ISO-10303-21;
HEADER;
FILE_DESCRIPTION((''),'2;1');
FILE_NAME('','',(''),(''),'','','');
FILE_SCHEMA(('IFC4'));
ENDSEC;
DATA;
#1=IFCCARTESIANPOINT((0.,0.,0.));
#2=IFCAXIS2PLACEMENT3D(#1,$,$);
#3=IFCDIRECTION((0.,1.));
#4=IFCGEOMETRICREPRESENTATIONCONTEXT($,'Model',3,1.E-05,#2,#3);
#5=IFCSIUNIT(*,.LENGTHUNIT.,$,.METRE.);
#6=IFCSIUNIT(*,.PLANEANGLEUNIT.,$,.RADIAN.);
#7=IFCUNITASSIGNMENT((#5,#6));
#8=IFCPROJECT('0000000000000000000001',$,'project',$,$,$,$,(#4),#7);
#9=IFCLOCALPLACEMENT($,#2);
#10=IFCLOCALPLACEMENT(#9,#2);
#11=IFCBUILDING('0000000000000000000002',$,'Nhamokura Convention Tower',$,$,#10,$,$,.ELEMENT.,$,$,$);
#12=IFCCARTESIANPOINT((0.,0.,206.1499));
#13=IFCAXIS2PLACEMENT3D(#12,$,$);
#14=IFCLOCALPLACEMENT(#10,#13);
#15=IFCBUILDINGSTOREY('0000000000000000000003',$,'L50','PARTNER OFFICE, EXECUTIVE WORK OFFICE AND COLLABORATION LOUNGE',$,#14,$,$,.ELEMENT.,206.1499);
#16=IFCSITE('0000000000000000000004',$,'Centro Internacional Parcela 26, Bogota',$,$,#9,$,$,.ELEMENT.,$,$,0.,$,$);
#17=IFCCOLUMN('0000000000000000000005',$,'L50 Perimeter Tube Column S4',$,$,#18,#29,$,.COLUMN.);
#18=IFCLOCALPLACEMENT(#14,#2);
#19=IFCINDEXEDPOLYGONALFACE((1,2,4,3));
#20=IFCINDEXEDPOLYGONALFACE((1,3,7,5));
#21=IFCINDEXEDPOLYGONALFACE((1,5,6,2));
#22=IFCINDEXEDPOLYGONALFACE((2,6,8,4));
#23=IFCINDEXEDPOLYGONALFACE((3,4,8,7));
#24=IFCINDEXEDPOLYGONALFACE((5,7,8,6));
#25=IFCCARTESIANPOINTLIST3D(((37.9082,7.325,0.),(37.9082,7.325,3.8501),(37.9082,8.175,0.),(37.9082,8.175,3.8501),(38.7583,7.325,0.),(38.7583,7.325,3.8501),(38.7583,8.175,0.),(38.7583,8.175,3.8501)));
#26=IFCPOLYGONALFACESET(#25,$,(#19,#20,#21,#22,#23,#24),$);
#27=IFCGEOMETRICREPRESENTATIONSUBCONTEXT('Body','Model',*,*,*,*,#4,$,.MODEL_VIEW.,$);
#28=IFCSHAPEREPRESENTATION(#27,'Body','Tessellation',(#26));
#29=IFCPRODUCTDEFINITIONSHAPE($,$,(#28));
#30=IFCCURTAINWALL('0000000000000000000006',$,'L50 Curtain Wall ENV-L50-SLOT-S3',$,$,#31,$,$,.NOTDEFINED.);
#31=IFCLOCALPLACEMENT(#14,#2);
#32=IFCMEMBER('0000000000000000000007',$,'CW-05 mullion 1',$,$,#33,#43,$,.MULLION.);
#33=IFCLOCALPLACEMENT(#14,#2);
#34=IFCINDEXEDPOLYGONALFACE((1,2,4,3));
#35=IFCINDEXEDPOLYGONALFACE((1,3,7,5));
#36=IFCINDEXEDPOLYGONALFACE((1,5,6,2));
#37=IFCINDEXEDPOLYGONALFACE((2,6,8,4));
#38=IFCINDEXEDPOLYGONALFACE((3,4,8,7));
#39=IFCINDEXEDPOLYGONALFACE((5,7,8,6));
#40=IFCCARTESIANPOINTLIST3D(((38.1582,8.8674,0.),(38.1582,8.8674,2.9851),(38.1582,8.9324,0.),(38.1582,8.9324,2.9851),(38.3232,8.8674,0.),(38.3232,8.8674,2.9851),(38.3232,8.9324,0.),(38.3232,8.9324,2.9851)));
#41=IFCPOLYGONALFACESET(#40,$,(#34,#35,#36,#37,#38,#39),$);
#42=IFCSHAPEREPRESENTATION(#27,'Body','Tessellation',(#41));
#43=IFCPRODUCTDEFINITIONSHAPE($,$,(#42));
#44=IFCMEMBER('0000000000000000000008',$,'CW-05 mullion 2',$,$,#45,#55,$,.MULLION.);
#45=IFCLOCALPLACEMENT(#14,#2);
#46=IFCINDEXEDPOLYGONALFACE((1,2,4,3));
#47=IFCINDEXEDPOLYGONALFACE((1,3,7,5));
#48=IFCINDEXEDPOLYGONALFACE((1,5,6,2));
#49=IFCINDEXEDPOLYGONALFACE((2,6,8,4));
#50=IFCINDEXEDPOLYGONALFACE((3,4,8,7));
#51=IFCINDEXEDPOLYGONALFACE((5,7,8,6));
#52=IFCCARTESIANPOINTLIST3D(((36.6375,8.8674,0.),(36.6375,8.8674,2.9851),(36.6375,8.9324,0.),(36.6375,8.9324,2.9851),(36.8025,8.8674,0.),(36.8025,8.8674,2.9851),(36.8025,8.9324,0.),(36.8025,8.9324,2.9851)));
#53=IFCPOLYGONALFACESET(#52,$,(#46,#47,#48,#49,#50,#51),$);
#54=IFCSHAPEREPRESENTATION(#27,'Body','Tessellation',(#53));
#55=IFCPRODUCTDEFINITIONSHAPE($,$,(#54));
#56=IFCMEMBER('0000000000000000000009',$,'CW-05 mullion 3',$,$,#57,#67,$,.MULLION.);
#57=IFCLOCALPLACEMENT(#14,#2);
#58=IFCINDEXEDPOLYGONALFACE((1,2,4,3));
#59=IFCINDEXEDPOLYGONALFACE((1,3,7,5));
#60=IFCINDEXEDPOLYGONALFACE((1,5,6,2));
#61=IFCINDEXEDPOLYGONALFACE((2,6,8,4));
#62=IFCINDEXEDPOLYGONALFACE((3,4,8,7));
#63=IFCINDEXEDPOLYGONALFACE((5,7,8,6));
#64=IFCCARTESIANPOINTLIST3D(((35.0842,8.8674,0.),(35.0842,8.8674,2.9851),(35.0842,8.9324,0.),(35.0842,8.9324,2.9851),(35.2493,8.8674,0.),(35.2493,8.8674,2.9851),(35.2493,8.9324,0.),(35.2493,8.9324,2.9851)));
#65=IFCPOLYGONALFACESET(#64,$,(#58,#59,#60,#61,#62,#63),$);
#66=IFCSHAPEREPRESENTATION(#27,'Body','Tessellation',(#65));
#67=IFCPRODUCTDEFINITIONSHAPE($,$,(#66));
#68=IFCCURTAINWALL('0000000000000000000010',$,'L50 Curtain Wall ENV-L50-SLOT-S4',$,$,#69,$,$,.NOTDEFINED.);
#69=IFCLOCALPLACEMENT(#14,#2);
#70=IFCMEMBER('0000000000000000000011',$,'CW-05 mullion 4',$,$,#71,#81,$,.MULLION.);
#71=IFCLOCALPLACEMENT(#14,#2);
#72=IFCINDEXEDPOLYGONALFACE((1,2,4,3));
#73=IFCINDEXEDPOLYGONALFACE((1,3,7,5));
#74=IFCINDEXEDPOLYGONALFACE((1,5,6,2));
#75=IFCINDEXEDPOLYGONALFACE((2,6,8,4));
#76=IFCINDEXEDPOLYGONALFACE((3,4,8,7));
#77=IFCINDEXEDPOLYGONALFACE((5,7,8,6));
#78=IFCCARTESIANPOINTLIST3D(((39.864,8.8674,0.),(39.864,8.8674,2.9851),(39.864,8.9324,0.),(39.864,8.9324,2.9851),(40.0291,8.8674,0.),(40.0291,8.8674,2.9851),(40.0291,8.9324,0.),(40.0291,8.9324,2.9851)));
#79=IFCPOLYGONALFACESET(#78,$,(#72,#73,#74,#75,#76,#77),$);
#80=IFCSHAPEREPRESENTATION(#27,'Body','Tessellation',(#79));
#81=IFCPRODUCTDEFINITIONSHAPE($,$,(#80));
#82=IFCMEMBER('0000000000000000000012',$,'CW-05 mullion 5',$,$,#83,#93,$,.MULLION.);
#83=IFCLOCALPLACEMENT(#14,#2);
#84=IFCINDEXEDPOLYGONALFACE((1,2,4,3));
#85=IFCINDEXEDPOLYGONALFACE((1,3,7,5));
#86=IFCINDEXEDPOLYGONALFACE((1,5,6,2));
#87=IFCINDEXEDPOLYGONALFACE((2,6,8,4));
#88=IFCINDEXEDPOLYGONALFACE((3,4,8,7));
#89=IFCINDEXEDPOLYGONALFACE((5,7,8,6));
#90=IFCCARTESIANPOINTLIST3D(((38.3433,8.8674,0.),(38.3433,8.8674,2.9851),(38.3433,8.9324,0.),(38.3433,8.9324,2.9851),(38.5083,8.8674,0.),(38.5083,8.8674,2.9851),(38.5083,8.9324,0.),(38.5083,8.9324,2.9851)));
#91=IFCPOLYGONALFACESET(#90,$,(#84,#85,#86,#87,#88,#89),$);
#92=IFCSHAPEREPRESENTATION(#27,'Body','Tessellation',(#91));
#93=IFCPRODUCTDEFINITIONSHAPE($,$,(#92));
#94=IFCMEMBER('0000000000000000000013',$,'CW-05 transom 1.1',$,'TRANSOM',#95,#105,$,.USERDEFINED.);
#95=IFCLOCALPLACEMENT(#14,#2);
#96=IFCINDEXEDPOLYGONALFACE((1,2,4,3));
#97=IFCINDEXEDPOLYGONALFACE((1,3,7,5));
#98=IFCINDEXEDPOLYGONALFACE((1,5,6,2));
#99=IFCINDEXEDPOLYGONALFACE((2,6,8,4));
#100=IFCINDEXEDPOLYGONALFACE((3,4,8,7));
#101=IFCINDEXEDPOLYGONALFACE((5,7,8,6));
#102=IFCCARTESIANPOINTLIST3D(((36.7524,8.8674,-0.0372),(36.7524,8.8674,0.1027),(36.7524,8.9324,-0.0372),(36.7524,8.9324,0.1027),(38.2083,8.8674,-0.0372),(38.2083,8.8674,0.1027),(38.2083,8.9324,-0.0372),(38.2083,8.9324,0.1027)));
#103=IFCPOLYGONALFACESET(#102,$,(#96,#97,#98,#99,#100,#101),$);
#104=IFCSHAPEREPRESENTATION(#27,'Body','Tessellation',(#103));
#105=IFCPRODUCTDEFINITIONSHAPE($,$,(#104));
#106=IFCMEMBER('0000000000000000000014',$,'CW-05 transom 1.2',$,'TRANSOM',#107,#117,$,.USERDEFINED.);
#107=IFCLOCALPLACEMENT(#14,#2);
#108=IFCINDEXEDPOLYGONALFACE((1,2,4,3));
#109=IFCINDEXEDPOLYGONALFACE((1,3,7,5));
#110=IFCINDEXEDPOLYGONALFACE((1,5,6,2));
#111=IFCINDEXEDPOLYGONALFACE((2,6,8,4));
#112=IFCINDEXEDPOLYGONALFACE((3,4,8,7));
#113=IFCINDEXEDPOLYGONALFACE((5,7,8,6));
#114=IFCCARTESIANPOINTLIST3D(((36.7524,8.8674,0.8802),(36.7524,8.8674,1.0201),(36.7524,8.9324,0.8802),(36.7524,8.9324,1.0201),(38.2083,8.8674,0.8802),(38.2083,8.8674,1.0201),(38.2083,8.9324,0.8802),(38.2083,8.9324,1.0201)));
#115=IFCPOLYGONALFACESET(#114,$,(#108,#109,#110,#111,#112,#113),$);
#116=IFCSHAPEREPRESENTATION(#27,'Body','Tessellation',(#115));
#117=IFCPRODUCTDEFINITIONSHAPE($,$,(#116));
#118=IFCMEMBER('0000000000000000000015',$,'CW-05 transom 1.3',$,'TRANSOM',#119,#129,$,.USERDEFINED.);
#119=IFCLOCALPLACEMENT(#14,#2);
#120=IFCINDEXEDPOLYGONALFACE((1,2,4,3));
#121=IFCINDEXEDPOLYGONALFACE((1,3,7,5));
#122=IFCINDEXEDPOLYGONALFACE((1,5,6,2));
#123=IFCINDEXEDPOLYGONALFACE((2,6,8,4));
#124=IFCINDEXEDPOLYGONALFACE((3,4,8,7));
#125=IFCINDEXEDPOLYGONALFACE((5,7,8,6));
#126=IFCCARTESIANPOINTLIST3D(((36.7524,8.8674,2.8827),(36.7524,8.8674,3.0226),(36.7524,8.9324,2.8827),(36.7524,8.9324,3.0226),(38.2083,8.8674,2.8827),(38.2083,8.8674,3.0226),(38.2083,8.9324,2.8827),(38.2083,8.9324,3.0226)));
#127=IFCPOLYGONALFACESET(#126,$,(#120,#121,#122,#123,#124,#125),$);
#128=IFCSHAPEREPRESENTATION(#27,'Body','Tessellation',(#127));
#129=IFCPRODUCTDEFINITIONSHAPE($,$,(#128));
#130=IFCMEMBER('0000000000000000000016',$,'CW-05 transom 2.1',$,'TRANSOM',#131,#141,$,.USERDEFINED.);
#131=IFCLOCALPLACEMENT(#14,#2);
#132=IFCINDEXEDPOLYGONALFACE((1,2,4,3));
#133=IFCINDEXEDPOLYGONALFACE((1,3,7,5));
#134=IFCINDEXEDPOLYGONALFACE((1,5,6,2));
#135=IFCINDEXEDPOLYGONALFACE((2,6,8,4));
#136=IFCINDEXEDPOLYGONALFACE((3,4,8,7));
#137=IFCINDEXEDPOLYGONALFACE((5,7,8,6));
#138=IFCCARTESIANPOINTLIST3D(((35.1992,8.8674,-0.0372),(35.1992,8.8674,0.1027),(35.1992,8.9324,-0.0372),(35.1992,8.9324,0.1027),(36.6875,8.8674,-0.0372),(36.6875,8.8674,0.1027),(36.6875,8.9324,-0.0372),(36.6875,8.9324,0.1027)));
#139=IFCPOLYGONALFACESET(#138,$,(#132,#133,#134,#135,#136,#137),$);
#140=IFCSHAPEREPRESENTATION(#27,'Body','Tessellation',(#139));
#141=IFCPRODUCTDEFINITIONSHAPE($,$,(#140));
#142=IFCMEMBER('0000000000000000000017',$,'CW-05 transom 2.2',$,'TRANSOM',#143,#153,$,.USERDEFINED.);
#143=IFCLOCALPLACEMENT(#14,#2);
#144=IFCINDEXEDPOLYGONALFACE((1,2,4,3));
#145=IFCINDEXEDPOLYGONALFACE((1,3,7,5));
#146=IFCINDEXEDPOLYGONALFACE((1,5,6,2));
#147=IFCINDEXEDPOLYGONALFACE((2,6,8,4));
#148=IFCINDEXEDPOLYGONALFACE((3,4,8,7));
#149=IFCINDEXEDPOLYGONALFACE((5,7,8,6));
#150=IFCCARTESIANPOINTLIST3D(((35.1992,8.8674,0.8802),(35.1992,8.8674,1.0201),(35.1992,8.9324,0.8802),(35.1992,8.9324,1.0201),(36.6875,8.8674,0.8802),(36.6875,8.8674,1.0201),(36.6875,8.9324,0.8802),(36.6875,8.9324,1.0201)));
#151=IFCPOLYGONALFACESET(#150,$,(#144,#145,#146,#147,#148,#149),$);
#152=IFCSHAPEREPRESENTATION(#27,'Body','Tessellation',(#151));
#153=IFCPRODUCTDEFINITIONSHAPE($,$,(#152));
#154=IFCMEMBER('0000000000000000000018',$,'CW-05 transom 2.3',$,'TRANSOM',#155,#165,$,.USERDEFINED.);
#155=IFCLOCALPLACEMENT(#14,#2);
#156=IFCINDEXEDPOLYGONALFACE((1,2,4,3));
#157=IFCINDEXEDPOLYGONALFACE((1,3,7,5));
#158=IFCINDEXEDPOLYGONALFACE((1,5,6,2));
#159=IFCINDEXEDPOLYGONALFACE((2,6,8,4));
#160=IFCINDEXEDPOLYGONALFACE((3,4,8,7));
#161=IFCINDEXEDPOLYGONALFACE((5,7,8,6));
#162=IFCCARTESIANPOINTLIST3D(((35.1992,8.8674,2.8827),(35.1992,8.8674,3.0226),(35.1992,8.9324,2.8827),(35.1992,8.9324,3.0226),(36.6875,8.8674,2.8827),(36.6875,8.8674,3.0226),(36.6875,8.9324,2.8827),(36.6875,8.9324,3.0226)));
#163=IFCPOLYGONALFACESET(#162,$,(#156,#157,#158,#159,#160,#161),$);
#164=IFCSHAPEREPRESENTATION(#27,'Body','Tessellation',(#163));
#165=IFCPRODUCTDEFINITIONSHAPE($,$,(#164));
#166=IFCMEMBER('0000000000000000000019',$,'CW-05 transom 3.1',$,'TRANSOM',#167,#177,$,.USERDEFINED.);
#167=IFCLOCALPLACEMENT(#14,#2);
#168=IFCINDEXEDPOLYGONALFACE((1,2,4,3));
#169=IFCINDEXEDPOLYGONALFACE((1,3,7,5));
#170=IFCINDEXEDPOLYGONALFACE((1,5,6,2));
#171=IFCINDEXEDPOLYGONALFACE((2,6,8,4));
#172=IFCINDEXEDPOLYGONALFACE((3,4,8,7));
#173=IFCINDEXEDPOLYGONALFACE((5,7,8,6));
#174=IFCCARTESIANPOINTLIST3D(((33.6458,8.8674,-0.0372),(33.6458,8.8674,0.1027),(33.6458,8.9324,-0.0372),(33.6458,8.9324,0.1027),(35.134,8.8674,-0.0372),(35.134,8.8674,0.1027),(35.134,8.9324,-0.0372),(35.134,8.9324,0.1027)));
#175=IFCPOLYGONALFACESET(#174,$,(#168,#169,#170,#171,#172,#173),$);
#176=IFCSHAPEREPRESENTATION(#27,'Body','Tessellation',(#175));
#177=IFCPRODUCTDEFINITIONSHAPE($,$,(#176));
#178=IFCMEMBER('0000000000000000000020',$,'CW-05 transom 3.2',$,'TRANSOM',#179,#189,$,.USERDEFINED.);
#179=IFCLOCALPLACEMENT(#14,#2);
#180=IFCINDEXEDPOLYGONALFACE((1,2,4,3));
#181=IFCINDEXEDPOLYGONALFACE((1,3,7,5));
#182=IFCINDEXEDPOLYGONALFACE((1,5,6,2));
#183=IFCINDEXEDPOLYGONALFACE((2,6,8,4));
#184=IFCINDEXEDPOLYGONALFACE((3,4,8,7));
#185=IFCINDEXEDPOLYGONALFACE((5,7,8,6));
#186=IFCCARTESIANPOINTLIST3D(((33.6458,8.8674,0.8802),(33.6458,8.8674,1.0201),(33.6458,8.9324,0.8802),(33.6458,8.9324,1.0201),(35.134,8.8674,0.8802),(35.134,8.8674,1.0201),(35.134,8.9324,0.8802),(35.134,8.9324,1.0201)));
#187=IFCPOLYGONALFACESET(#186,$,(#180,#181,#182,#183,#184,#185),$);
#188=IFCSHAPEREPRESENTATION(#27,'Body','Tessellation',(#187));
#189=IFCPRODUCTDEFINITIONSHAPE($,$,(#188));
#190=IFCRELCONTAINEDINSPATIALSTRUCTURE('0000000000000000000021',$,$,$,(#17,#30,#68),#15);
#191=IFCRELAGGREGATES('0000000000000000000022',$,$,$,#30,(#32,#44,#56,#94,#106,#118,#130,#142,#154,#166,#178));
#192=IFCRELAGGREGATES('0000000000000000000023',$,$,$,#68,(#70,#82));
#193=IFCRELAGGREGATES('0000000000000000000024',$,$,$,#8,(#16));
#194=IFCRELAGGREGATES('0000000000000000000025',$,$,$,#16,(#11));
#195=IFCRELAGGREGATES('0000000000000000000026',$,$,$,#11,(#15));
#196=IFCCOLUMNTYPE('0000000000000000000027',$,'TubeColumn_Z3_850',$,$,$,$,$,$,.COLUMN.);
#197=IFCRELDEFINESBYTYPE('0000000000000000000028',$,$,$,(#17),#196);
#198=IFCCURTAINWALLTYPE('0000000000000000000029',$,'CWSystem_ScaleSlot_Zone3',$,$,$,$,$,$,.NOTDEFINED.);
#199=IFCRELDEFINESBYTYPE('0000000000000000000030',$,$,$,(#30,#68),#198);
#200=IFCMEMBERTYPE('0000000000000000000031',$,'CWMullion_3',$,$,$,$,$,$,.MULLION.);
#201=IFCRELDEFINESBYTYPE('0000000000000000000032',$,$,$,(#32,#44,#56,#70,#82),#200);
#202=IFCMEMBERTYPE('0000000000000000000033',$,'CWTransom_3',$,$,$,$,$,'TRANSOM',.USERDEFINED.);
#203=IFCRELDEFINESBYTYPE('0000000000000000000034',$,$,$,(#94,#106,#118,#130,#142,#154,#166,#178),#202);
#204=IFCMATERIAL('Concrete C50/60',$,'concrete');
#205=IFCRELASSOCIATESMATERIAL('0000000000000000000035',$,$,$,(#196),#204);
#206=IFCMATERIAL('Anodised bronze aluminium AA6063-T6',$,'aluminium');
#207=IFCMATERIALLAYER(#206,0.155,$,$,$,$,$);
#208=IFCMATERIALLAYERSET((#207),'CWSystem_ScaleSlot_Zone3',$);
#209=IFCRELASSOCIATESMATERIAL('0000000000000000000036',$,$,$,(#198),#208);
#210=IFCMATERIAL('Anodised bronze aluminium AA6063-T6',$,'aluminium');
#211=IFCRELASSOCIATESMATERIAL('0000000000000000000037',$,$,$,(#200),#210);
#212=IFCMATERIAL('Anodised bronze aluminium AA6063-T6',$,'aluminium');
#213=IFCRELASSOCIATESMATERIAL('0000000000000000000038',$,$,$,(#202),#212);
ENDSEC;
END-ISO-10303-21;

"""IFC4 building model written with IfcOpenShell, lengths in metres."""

from ifc_helpers import new_model, si_unit, direction, frame, origin, origin_2d, place, context, subcontext, project, spatial, rectangle, extrude, material, layer, layer_set, material_profile, profile_set, type_object, element, aggregate, save


model = new_model("IFC4")

# Units and contexts
model_context = context("Model", 3, precision=1e-05, world=origin(), true_north=direction((0.0, 1.0)))
body_context = subcontext(model_context, "Body", "Model", "MODEL_VIEW")
ifc_project = project(units=[si_unit("LENGTHUNIT", "METRE"), si_unit("PLANEANGLEUNIT", "RADIAN")], contexts=[model_context])

# Site, building, storey
site_placement = place(None, origin())
site = spatial("IfcSite", under=ifc_project, at=site_placement, Name="Centro Internacional Parcela 26, Bogota", CompositionType="ELEMENT", RefElevation=0.0)
building_placement = place(site_placement, origin())
building = spatial("IfcBuilding", under=site, at=building_placement, Name="Nhamokura Convention Tower", CompositionType="ELEMENT")
storey_placement = place(building_placement, frame((0.0, 0.0, 206.1499)))
storey = spatial("IfcBuildingStorey", under=building, at=storey_placement, Name="L50", Description="PARTNER OFFICE, EXECUTIVE WORK OFFICE AND COLLABORATION LOUNGE", CompositionType="ELEMENT", Elevation=206.1499)

# Column
ifc_material_1 = material(Name="Concrete C50/60", Category="concrete")
ifc_material_profile_1 = material_profile(ifc_material_1, rectangle(XDim=0.8501, YDim=0.8501, at=origin_2d()))
ifc_profile_set_1 = profile_set([ifc_material_profile_1], Name="Concrete C50/60")
column_type = type_object("IfcColumnType", Name="TubeColumn_Z3_850", PredefinedType="COLUMN", material=ifc_profile_set_1)
column_placement = place(storey_placement, frame((38.3333, 7.75, 0.0), z_axis=(0.0, 0.0, 1.0), x_axis=(1.0, 0.0, 0.0)))
element("IfcColumn", 1, at=column_placement, inside=storey, type_object=column_type, Name="L50 Perimeter Tube Column S4", PredefinedType="COLUMN", context=body_context, shape_type="SweptSolid", body=[
    extrude(rectangle(XDim=0.8501, YDim=0.8501, at=origin_2d()), origin(), (0.0, 0.0, 1.0), 3.8501),
])

# Curtain walls, members
ifc_material_2 = material(Name="Anodised bronze aluminium AA6063-T6", Category="aluminium")
ifc_layer_1 = layer(ifc_material_2, 0.155)
ifc_layer_set_1 = layer_set([ifc_layer_1], Name="CWSystem_ScaleSlot_Zone3")
curtain_wall_type = type_object("IfcCurtainWallType", Name="CWSystem_ScaleSlot_Zone3", PredefinedType="NOTDEFINED", material=ifc_layer_set_1)
curtain_wall_1_placement = place(storey_placement, origin())
curtain_wall_1 = element("IfcCurtainWall", 2, at=curtain_wall_1_placement, inside=storey, type_object=curtain_wall_type, Name="L50 Curtain Wall ENV-L50-SLOT-S3", PredefinedType="NOTDEFINED")
ifc_material_3 = material(Name="Anodised bronze aluminium AA6063-T6", Category="aluminium")
ifc_material_profile_2 = material_profile(ifc_material_3, rectangle(XDim=0.0649, YDim=0.165, at=origin_2d()))
ifc_profile_set_2 = profile_set([ifc_material_profile_2], Name="Anodised bronze aluminium AA6063-T6")
member_type_1 = type_object("IfcMemberType", Name="CWMullion_3", PredefinedType="MULLION", material=ifc_profile_set_2)
member_1_placement = place(storey_placement, frame((38.2407, 8.8999, 0.0), z_axis=(0.0, 0.0, 1.0), x_axis=(0.0, -1.0, 0.0)))
member_1 = element("IfcMember", 3, at=member_1_placement, type_object=member_type_1, Name="CW-05 mullion 1", PredefinedType="MULLION", context=body_context, shape_type="SweptSolid", body=[
    extrude(rectangle(XDim=0.0649, YDim=0.165, at=origin_2d()), origin(), (0.0, 0.0, 1.0), 2.9851),
])
member_2_placement = place(storey_placement, frame((36.72, 8.8999, 0.0), z_axis=(0.0, 0.0, 1.0), x_axis=(0.0, -1.0, 0.0)))
member_2 = element("IfcMember", 4, at=member_2_placement, type_object=member_type_1, Name="CW-05 mullion 2", PredefinedType="MULLION", context=body_context, shape_type="SweptSolid", body=[
    extrude(rectangle(XDim=0.0649, YDim=0.165, at=origin_2d()), origin(), (0.0, 0.0, 1.0), 2.9851),
])
member_3_placement = place(storey_placement, frame((35.1667, 8.8999, 0.0), z_axis=(0.0, 0.0, 1.0), x_axis=(0.0, -1.0, 0.0)))
member_3 = element("IfcMember", 5, at=member_3_placement, type_object=member_type_1, Name="CW-05 mullion 3", PredefinedType="MULLION", context=body_context, shape_type="SweptSolid", body=[
    extrude(rectangle(XDim=0.0649, YDim=0.165, at=origin_2d()), origin(), (0.0, 0.0, 1.0), 2.9851),
])
curtain_wall_2_placement = place(storey_placement, origin())
curtain_wall_2 = element("IfcCurtainWall", 6, at=curtain_wall_2_placement, inside=storey, type_object=curtain_wall_type, Name="L50 Curtain Wall ENV-L50-SLOT-S4", PredefinedType="NOTDEFINED")
member_4_placement = place(storey_placement, frame((39.9465, 8.8999, 0.0), z_axis=(0.0, 0.0, 1.0), x_axis=(0.0, -1.0, 0.0)))
member_4 = element("IfcMember", 7, at=member_4_placement, type_object=member_type_1, Name="CW-05 mullion 4", PredefinedType="MULLION", context=body_context, shape_type="SweptSolid", body=[
    extrude(rectangle(XDim=0.0649, YDim=0.165, at=origin_2d()), origin(), (0.0, 0.0, 1.0), 2.9851),
])
member_5_placement = place(storey_placement, frame((38.4258, 8.8999, 0.0), z_axis=(0.0, 0.0, 1.0), x_axis=(0.0, -1.0, 0.0)))
member_5 = element("IfcMember", 8, at=member_5_placement, type_object=member_type_1, Name="CW-05 mullion 5", PredefinedType="MULLION", context=body_context, shape_type="SweptSolid", body=[
    extrude(rectangle(XDim=0.0649, YDim=0.165, at=origin_2d()), origin(), (0.0, 0.0, 1.0), 2.9851),
])

# Members
ifc_material_4 = material(Name="Anodised bronze aluminium AA6063-T6", Category="aluminium")
ifc_material_profile_3 = material_profile(ifc_material_4, rectangle(XDim=0.0649, YDim=0.1399, at=origin_2d()))
ifc_profile_set_3 = profile_set([ifc_material_profile_3], Name="Anodised bronze aluminium AA6063-T6")
member_type_2 = type_object("IfcMemberType", Name="CWTransom_3", ElementType="TRANSOM", PredefinedType="USERDEFINED", material=ifc_profile_set_3)
member_6_placement = place(storey_placement, frame((38.2083, 8.8999, 0.0327), z_axis=(-1.0, 0.0, 0.0), x_axis=(0.0, -1.0, 0.0)))
member_6 = element("IfcMember", 9, at=member_6_placement, type_object=member_type_2, Name="CW-05 transom 1.1", ObjectType="TRANSOM", PredefinedType="USERDEFINED", context=body_context, shape_type="SweptSolid", body=[
    extrude(rectangle(XDim=0.0649, YDim=0.1399, at=origin_2d()), origin(), (0.0, 0.0, 1.0), 1.4558),
])
member_7_placement = place(storey_placement, frame((38.2083, 8.8999, 0.9502), z_axis=(-1.0, 0.0, 0.0), x_axis=(0.0, -1.0, 0.0)))
member_7 = element("IfcMember", 10, at=member_7_placement, type_object=member_type_2, Name="CW-05 transom 1.2", ObjectType="TRANSOM", PredefinedType="USERDEFINED", context=body_context, shape_type="SweptSolid", body=[
    extrude(rectangle(XDim=0.0649, YDim=0.1399, at=origin_2d()), origin(), (0.0, 0.0, 1.0), 1.4558),
])
member_8_placement = place(storey_placement, frame((38.2083, 8.8999, 2.9526), z_axis=(-1.0, 0.0, 0.0), x_axis=(0.0, -1.0, 0.0)))
member_8 = element("IfcMember", 11, at=member_8_placement, type_object=member_type_2, Name="CW-05 transom 1.3", ObjectType="TRANSOM", PredefinedType="USERDEFINED", context=body_context, shape_type="SweptSolid", body=[
    extrude(rectangle(XDim=0.0649, YDim=0.1399, at=origin_2d()), origin(), (0.0, 0.0, 1.0), 1.4558),
])
member_9_placement = place(storey_placement, frame((36.6875, 8.8999, 0.0327), z_axis=(-1.0, 0.0, 0.0), x_axis=(0.0, -1.0, 0.0)))
member_9 = element("IfcMember", 12, at=member_9_placement, type_object=member_type_2, Name="CW-05 transom 2.1", ObjectType="TRANSOM", PredefinedType="USERDEFINED", context=body_context, shape_type="SweptSolid", body=[
    extrude(rectangle(XDim=0.0649, YDim=0.1399, at=origin_2d()), origin(), (0.0, 0.0, 1.0), 1.4883),
])
member_10_placement = place(storey_placement, frame((36.6875, 8.8999, 0.9502), z_axis=(-1.0, 0.0, 0.0), x_axis=(0.0, -1.0, 0.0)))
member_10 = element("IfcMember", 13, at=member_10_placement, type_object=member_type_2, Name="CW-05 transom 2.2", ObjectType="TRANSOM", PredefinedType="USERDEFINED", context=body_context, shape_type="SweptSolid", body=[
    extrude(rectangle(XDim=0.0649, YDim=0.1399, at=origin_2d()), origin(), (0.0, 0.0, 1.0), 1.4883),
])
member_11_placement = place(storey_placement, frame((36.6875, 8.8999, 2.9526), z_axis=(-1.0, 0.0, 0.0), x_axis=(0.0, -1.0, 0.0)))
member_11 = element("IfcMember", 14, at=member_11_placement, type_object=member_type_2, Name="CW-05 transom 2.3", ObjectType="TRANSOM", PredefinedType="USERDEFINED", context=body_context, shape_type="SweptSolid", body=[
    extrude(rectangle(XDim=0.0649, YDim=0.1399, at=origin_2d()), origin(), (0.0, 0.0, 1.0), 1.4883),
])
member_12_placement = place(storey_placement, frame((35.134, 8.8999, 0.0327), z_axis=(-1.0, 0.0, 0.0), x_axis=(0.0, -1.0, 0.0)))
member_12 = element("IfcMember", 15, at=member_12_placement, type_object=member_type_2, Name="CW-05 transom 3.1", ObjectType="TRANSOM", PredefinedType="USERDEFINED", context=body_context, shape_type="SweptSolid", body=[
    extrude(rectangle(XDim=0.0649, YDim=0.1399, at=origin_2d()), origin(), (0.0, 0.0, 1.0), 1.4883),
])
member_13_placement = place(storey_placement, frame((35.134, 8.8999, 0.9502), z_axis=(-1.0, 0.0, 0.0), x_axis=(0.0, -1.0, 0.0)))
member_13 = element("IfcMember", 16, at=member_13_placement, type_object=member_type_2, Name="CW-05 transom 3.2", ObjectType="TRANSOM", PredefinedType="USERDEFINED", context=body_context, shape_type="SweptSolid", body=[
    extrude(rectangle(XDim=0.0649, YDim=0.1399, at=origin_2d()), origin(), (0.0, 0.0, 1.0), 1.4883),
])

aggregate(curtain_wall_1, [member_1, member_2, member_3, member_6, member_7, member_8, member_9, member_10, member_11, member_12, member_13])
aggregate(curtain_wall_2, [member_4, member_5])

save(model, "model.ifc")
